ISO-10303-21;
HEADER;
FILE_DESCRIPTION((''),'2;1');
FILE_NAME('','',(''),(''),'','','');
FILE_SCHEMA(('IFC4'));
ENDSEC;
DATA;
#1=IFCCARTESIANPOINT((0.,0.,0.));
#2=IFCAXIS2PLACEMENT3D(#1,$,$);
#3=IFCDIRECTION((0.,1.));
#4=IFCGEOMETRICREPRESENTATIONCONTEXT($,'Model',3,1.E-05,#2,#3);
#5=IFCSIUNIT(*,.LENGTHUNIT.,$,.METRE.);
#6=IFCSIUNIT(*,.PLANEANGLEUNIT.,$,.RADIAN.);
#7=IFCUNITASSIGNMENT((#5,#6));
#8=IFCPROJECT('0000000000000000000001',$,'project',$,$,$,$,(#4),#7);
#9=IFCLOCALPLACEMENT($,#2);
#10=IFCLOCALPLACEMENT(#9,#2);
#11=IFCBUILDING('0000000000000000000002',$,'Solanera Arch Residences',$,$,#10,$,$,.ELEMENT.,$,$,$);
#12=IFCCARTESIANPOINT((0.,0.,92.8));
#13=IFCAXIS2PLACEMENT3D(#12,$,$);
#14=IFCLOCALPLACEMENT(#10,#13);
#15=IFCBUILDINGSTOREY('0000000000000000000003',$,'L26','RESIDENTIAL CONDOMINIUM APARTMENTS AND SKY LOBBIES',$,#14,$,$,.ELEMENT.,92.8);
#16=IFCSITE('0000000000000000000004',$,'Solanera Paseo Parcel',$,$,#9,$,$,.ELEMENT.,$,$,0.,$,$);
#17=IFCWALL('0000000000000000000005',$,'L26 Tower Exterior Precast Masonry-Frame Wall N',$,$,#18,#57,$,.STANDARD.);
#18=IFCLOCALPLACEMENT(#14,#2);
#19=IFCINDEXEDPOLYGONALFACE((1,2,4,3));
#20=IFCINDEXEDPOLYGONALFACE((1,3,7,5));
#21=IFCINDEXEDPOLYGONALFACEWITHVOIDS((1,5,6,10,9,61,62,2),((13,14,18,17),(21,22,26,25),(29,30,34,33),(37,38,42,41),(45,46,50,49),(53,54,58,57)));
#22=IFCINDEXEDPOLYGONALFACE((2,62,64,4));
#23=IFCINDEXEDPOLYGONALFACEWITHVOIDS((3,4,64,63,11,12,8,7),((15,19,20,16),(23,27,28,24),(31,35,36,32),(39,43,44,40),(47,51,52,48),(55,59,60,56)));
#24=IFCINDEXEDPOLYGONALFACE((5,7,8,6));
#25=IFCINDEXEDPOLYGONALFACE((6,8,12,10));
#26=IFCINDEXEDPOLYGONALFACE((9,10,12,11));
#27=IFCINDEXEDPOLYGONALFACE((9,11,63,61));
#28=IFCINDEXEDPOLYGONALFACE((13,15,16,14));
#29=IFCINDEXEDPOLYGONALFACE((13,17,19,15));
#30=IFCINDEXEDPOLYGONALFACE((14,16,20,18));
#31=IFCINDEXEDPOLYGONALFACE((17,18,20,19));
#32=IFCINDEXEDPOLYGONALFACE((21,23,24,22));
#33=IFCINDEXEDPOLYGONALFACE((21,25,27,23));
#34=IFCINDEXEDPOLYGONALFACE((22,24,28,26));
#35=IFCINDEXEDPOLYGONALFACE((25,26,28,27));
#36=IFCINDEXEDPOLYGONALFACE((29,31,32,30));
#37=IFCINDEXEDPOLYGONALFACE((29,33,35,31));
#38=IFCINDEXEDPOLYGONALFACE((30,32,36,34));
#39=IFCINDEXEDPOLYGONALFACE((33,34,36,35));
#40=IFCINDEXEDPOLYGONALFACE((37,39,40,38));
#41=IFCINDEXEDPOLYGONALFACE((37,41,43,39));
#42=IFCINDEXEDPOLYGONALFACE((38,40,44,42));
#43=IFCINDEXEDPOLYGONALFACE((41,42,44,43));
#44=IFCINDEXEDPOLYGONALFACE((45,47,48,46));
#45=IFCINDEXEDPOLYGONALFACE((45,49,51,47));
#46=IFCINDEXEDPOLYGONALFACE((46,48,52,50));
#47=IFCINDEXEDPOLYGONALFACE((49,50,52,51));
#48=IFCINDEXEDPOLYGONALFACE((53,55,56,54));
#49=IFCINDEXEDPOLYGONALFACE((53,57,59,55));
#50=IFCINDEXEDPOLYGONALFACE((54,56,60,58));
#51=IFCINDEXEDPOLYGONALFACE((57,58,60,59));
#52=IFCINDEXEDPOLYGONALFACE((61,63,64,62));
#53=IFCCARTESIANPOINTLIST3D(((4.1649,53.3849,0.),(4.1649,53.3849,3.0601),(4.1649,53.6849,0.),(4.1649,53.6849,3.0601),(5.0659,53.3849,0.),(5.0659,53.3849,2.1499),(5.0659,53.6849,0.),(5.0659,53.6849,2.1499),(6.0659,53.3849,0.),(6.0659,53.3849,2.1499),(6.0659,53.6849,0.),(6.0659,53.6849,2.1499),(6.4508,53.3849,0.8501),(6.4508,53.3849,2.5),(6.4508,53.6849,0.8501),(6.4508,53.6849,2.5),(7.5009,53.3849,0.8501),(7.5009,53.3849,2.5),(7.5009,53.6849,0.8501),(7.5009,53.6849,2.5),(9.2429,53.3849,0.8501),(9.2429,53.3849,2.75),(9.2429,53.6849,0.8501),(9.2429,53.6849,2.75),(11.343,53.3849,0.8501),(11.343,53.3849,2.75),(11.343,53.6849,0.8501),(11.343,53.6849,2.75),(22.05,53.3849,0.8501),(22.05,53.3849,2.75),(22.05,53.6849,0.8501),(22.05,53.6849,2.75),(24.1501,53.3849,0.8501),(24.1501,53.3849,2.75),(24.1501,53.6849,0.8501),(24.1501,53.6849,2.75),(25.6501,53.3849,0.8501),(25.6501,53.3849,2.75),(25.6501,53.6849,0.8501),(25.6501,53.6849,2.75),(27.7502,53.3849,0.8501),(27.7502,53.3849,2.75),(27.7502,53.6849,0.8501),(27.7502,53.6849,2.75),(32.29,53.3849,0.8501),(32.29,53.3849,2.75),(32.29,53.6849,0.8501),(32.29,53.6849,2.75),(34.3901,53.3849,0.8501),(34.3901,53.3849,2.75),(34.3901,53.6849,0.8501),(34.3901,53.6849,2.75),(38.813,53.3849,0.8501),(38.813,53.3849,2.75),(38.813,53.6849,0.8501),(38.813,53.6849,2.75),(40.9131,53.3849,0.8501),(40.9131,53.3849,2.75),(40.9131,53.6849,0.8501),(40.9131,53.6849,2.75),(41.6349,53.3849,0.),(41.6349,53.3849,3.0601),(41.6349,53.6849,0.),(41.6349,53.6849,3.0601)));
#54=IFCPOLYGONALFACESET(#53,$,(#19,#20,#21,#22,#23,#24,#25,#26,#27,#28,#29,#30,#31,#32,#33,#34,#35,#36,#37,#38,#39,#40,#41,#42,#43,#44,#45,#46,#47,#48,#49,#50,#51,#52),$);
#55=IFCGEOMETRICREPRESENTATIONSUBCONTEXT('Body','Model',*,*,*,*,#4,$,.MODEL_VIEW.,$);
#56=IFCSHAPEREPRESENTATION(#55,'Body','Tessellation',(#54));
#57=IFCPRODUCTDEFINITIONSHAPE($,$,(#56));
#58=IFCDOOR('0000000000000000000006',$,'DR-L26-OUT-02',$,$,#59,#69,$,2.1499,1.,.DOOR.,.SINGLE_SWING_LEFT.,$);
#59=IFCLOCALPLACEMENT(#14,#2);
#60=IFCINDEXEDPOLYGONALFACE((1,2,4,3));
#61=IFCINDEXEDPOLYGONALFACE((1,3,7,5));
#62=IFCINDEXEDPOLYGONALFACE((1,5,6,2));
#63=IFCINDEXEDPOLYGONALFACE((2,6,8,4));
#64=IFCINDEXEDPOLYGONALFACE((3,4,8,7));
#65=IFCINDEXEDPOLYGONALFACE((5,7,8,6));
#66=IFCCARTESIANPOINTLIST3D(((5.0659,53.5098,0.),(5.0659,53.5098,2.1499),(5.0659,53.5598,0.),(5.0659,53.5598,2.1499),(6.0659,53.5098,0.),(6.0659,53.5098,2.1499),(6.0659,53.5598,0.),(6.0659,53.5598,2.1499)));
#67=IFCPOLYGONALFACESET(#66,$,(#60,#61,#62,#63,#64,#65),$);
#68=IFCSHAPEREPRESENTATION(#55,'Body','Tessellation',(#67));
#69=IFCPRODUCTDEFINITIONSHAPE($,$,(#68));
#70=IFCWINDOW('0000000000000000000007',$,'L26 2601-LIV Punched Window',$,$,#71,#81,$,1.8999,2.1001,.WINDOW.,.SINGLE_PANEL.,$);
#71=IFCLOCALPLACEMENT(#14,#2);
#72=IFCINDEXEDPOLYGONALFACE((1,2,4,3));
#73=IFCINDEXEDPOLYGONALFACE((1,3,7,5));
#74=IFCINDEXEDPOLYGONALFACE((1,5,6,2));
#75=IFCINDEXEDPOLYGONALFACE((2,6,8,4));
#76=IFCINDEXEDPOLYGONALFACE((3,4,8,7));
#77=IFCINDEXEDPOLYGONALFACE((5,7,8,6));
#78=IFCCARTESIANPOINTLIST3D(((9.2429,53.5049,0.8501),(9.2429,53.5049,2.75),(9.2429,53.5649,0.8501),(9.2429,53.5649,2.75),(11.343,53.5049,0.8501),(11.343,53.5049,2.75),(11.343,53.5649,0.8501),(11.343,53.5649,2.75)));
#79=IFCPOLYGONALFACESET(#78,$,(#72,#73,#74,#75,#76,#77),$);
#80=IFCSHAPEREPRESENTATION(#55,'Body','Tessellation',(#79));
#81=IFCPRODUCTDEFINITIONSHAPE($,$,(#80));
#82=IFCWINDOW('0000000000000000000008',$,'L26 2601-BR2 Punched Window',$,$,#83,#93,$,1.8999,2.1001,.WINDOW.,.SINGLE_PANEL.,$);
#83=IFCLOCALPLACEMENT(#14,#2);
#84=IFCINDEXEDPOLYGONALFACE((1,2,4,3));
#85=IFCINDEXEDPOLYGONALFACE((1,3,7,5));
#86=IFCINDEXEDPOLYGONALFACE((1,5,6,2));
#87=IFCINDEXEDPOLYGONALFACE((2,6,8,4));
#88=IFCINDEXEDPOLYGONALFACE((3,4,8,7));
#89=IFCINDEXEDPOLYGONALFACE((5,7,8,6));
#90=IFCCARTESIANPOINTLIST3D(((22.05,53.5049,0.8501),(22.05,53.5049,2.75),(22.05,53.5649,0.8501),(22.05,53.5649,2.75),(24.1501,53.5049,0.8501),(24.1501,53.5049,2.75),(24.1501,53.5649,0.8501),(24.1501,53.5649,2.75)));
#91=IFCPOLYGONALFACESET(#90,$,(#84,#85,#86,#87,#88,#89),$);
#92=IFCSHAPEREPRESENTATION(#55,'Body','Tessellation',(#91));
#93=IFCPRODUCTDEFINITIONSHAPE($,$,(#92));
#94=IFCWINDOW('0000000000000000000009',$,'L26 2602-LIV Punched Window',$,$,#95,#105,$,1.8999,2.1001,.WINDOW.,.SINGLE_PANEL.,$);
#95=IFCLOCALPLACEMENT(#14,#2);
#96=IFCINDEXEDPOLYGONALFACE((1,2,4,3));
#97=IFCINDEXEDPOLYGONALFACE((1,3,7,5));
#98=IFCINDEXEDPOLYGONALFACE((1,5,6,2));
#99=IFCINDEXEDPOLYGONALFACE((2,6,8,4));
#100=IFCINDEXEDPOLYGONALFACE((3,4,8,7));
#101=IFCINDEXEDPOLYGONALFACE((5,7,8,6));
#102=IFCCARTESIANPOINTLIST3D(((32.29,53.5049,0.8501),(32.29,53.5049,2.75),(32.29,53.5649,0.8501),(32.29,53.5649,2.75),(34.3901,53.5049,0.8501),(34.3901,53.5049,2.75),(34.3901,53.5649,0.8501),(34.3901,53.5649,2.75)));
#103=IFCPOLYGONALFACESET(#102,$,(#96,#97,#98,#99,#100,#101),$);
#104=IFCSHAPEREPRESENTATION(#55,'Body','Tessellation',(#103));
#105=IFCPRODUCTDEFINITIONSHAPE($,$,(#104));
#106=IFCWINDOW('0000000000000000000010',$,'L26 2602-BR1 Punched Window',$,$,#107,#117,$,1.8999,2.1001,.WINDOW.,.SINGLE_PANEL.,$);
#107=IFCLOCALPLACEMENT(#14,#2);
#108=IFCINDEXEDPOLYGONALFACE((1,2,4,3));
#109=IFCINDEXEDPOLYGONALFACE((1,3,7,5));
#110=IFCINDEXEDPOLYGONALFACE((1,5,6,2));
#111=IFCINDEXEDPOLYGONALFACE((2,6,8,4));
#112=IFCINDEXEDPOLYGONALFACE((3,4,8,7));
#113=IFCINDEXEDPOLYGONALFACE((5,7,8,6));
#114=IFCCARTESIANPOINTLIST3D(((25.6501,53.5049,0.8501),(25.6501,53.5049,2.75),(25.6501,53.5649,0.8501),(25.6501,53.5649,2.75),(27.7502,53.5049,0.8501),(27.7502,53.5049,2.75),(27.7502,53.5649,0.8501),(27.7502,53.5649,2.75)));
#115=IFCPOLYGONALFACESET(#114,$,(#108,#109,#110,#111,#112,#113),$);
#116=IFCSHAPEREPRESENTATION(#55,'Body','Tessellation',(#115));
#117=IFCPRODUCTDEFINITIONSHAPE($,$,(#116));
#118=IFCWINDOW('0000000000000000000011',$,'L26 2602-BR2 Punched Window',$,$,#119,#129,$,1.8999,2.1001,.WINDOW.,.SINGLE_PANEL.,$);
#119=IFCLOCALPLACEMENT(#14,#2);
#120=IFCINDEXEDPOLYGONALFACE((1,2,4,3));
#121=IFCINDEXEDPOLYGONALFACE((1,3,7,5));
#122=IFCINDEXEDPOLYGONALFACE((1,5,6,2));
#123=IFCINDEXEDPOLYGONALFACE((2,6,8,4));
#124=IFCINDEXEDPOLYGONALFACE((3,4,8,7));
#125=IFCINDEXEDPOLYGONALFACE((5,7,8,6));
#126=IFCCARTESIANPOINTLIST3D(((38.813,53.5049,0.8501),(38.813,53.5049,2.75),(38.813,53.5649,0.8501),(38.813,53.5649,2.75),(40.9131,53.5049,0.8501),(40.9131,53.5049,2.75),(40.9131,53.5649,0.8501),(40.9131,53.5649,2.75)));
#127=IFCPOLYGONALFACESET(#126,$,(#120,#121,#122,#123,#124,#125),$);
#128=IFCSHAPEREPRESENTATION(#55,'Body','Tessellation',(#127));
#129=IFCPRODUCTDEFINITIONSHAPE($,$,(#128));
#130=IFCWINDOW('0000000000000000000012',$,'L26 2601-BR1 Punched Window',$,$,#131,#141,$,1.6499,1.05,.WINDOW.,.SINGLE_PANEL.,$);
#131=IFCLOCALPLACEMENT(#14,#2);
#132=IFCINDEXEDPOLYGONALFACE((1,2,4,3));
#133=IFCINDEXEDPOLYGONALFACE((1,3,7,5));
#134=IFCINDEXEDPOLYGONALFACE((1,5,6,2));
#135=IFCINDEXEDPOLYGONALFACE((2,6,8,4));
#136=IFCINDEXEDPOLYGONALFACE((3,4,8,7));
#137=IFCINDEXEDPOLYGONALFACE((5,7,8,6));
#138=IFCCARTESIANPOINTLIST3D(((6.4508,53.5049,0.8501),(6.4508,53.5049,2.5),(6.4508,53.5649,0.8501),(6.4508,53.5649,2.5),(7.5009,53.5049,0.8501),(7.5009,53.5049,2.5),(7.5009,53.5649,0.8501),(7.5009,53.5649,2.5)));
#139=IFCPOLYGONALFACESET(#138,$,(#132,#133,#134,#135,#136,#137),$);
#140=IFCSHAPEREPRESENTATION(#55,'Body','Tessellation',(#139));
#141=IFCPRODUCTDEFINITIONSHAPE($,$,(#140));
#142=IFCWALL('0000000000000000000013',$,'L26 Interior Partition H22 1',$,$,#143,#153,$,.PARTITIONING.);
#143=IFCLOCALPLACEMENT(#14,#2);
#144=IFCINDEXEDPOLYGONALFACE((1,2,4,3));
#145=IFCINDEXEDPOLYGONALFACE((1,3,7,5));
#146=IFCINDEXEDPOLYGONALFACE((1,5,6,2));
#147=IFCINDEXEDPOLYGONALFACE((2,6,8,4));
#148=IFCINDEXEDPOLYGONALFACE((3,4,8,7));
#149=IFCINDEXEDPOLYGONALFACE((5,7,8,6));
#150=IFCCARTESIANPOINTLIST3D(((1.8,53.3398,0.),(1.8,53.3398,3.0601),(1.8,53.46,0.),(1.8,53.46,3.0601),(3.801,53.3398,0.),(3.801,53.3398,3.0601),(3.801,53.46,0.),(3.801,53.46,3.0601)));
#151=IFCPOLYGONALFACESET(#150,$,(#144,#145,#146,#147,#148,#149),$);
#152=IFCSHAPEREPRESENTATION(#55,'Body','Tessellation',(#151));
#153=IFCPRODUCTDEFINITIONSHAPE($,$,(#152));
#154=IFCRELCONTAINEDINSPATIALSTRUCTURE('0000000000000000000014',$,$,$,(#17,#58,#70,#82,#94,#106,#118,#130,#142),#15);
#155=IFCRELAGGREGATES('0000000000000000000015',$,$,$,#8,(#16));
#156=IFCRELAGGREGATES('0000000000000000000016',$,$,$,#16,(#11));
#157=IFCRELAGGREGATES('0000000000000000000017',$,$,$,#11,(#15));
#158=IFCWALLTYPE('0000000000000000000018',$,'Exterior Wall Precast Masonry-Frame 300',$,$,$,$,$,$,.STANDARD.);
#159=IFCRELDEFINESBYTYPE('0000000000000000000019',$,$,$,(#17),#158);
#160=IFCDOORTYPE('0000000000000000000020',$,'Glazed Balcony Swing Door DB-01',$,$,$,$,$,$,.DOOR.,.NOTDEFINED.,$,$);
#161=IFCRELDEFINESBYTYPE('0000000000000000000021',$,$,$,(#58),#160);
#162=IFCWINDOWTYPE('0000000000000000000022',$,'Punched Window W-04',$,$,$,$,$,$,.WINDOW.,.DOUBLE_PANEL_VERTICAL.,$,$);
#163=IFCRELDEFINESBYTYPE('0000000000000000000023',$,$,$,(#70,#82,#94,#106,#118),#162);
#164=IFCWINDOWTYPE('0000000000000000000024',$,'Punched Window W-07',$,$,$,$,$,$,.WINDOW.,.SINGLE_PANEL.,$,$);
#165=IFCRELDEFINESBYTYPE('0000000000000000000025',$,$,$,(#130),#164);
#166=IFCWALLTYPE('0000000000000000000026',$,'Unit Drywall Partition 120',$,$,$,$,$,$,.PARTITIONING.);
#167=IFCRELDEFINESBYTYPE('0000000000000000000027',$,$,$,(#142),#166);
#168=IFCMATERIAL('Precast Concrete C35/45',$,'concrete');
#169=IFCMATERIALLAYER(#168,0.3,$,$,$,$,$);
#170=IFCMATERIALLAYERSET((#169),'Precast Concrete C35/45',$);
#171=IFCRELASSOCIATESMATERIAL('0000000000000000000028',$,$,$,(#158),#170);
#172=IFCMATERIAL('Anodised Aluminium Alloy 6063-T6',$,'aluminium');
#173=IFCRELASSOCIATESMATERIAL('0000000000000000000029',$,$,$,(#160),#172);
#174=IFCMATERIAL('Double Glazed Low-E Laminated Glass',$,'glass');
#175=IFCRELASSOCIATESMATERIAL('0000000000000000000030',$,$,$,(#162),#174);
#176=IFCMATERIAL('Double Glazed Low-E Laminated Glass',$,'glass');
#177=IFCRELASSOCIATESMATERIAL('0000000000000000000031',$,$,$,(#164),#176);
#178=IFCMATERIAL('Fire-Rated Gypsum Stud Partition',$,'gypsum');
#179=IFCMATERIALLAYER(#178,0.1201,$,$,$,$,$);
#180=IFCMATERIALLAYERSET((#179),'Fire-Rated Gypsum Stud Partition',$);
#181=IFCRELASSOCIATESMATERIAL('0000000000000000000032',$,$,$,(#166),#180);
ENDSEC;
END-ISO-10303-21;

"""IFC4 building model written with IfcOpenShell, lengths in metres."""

from ifc_helpers import new_model, si_unit, direction, frame, frame_2d, origin, place, context, subcontext, project, spatial, rectangle, extrude, material, layer, layer_set, type_object, element, fill, save


model = new_model("IFC4")

# Units and contexts
model_context = context("Model", 3, precision=1e-05, world=origin(), true_north=direction((0.0, 1.0)))
body_context = subcontext(model_context, "Body", "Model", "MODEL_VIEW")
ifc_project = project(units=[si_unit("LENGTHUNIT", "METRE"), si_unit("PLANEANGLEUNIT", "RADIAN")], contexts=[model_context])

# Site, building, storey
site_placement = place(None, origin())
site = spatial("IfcSite", under=ifc_project, at=site_placement, Name="Solanera Paseo Parcel", CompositionType="ELEMENT", RefElevation=0.0)
building_placement = place(site_placement, origin())
building = spatial("IfcBuilding", under=site, at=building_placement, Name="Solanera Arch Residences", CompositionType="ELEMENT")
storey_placement = place(building_placement, frame((0.0, 0.0, 92.8)))
storey = spatial("IfcBuildingStorey", under=building, at=storey_placement, Name="L26", Description="RESIDENTIAL CONDOMINIUM APARTMENTS AND SKY LOBBIES", CompositionType="ELEMENT", Elevation=92.8)

# Shared definitions
ifc_material_1 = material(Name="Precast Concrete C35/45", Category="concrete")
ifc_layer_1 = layer(ifc_material_1, 0.3)
ifc_layer_set_1 = layer_set([ifc_layer_1], Name="Precast Concrete C35/45")
wall_type_1 = type_object("IfcWallType", Name="Exterior Wall Precast Masonry-Frame 300", PredefinedType="STANDARD", material=ifc_layer_set_1)

# Wall, openings, door, windows
wall_1_placement = place(storey_placement, frame((4.165, 53.5349, 0.0), z_axis=(0.0, 0.0, 1.0), x_axis=(1.0, 0.0, 0.0)))
wall_1 = element("IfcWall", 1, at=wall_1_placement, inside=storey, type_object=wall_type_1, Name="L26 Tower Exterior Precast Masonry-Frame Wall N", PredefinedType="STANDARD", context=body_context, shape_type="SweptSolid", body=[
    extrude(rectangle(XDim=37.47, YDim=0.3, at=frame_2d((18.7349, 0.0))), origin(), (0.0, 0.0, 1.0), 3.0601),
])
opening_1_placement = place(wall_1_placement, frame((0.9009, 0.0, 0.0)))
opening_1 = element("IfcOpeningElement", 2, at=opening_1_placement, cuts=wall_1, PredefinedType="OPENING", context=body_context, shape_type="SweptSolid", body=[
    extrude(rectangle(XDim=1.0, YDim=2.1499, at=frame_2d((0.5, 1.075))), frame((0.0, 0.1599, 0.0), z_axis=(0.0, -1.0, 0.0), x_axis=(1.0, 0.0, 0.0)), (0.0, 0.0, 1.0), 0.32),
])
opening_2_placement = place(wall_1_placement, frame((5.0779, 0.0, 0.8501)))
opening_2 = element("IfcOpeningElement", 3, at=opening_2_placement, cuts=wall_1, PredefinedType="OPENING", context=body_context, shape_type="SweptSolid", body=[
    extrude(rectangle(XDim=2.1001, YDim=1.8999, at=frame_2d((1.05, 0.95))), frame((0.0, 0.1599, 0.0), z_axis=(0.0, -1.0, 0.0), x_axis=(1.0, 0.0, 0.0)), (0.0, 0.0, 1.0), 0.32),
])
opening_3_placement = place(wall_1_placement, frame((2.2859, 0.0, 0.8501)))
opening_3 = element("IfcOpeningElement", 4, at=opening_3_placement, cuts=wall_1, PredefinedType="OPENING", context=body_context, shape_type="SweptSolid", body=[
    extrude(rectangle(XDim=1.05, YDim=1.6499, at=frame_2d((0.5249, 0.825))), frame((0.0, 0.1599, 0.0), z_axis=(0.0, -1.0, 0.0), x_axis=(1.0, 0.0, 0.0)), (0.0, 0.0, 1.0), 0.32),
])
opening_4_placement = place(wall_1_placement, frame((17.885, 0.0, 0.8501)))
opening_4 = element("IfcOpeningElement", 5, at=opening_4_placement, cuts=wall_1, PredefinedType="OPENING", context=body_context, shape_type="SweptSolid", body=[
    extrude(rectangle(XDim=2.1001, YDim=1.8999, at=frame_2d((1.05, 0.95))), frame((0.0, 0.1599, 0.0), z_axis=(0.0, -1.0, 0.0), x_axis=(1.0, 0.0, 0.0)), (0.0, 0.0, 1.0), 0.32),
])
opening_5_placement = place(wall_1_placement, frame((28.125, 0.0, 0.8501)))
opening_5 = element("IfcOpeningElement", 6, at=opening_5_placement, cuts=wall_1, PredefinedType="OPENING", context=body_context, shape_type="SweptSolid", body=[
    extrude(rectangle(XDim=2.1001, YDim=1.8999, at=frame_2d((1.05, 0.95))), frame((0.0, 0.1599, 0.0), z_axis=(0.0, -1.0, 0.0), x_axis=(1.0, 0.0, 0.0)), (0.0, 0.0, 1.0), 0.32),
])
opening_6_placement = place(wall_1_placement, frame((21.4851, 0.0, 0.8501)))
opening_6 = element("IfcOpeningElement", 7, at=opening_6_placement, cuts=wall_1, PredefinedType="OPENING", context=body_context, shape_type="SweptSolid", body=[
    extrude(rectangle(XDim=2.1001, YDim=1.8999, at=frame_2d((1.05, 0.95))), frame((0.0, 0.1599, 0.0), z_axis=(0.0, -1.0, 0.0), x_axis=(1.0, 0.0, 0.0)), (0.0, 0.0, 1.0), 0.32),
])
opening_7_placement = place(wall_1_placement, frame((34.6479, 0.0, 0.8501)))
opening_7 = element("IfcOpeningElement", 8, at=opening_7_placement, cuts=wall_1, PredefinedType="OPENING", context=body_context, shape_type="SweptSolid", body=[
    extrude(rectangle(XDim=2.1001, YDim=1.8999, at=frame_2d((1.05, 0.95))), frame((0.0, 0.1599, 0.0), z_axis=(0.0, -1.0, 0.0), x_axis=(1.0, 0.0, 0.0)), (0.0, 0.0, 1.0), 0.32),
])
ifc_material_2 = material(Name="Anodised Aluminium Alloy 6063-T6", Category="aluminium")
door_type_1 = type_object("IfcDoorType", Name="Glazed Balcony Swing Door DB-01", OperationType="NOTDEFINED", PredefinedType="DOOR", material=ifc_material_2)
door_1_placement = place(opening_1_placement, origin())
door_1 = element("IfcDoor", 9, at=door_1_placement, inside=storey, type_object=door_type_1, Name="DR-L26-OUT-02", OperationType="SINGLE_SWING_LEFT", OverallHeight=2.1499, OverallWidth=1.0, PredefinedType="DOOR", context=body_context, shape_type="SweptSolid", body=[
    extrude(rectangle(XDim=1.0, YDim=2.1499, at=frame_2d((0.5, 1.075))), frame((0.0, 0.0249, 0.0), z_axis=(0.0, -1.0, 0.0), x_axis=(1.0, 0.0, 0.0)), (0.0, 0.0, 1.0), 0.05),
])
fill(opening_1, door_1)
ifc_material_3 = material(Name="Double Glazed Low-E Laminated Glass", Category="glass")
window_type_1 = type_object("IfcWindowType", Name="Punched Window W-04", PartitioningType="DOUBLE_PANEL_VERTICAL", PredefinedType="WINDOW", material=ifc_material_3)
window_1_placement = place(opening_2_placement, origin())
window_1 = element("IfcWindow", 10, at=window_1_placement, inside=storey, type_object=window_type_1, Name="L26 2601-LIV Punched Window", OverallHeight=1.8999, OverallWidth=2.1001, PartitioningType="SINGLE_PANEL", PredefinedType="WINDOW", context=body_context, shape_type="SweptSolid", body=[
    extrude(rectangle(XDim=2.1001, YDim=1.8999, at=frame_2d((1.05, 0.95))), frame((0.0, 0.03, 0.0), z_axis=(0.0, -1.0, 0.0), x_axis=(1.0, 0.0, 0.0)), (0.0, 0.0, 1.0), 0.0601),
])
fill(opening_2, window_1)
window_2_placement = place(opening_4_placement, origin())
window_2 = element("IfcWindow", 11, at=window_2_placement, inside=storey, type_object=window_type_1, Name="L26 2601-BR2 Punched Window", OverallHeight=1.8999, OverallWidth=2.1001, PartitioningType="SINGLE_PANEL", PredefinedType="WINDOW", context=body_context, shape_type="SweptSolid", body=[
    extrude(rectangle(XDim=2.1001, YDim=1.8999, at=frame_2d((1.05, 0.95))), frame((0.0, 0.03, 0.0), z_axis=(0.0, -1.0, 0.0), x_axis=(1.0, 0.0, 0.0)), (0.0, 0.0, 1.0), 0.0601),
])
fill(opening_4, window_2)
window_3_placement = place(opening_5_placement, origin())
window_3 = element("IfcWindow", 12, at=window_3_placement, inside=storey, type_object=window_type_1, Name="L26 2602-LIV Punched Window", OverallHeight=1.8999, OverallWidth=2.1001, PartitioningType="SINGLE_PANEL", PredefinedType="WINDOW", context=body_context, shape_type="SweptSolid", body=[
    extrude(rectangle(XDim=2.1001, YDim=1.8999, at=frame_2d((1.05, 0.95))), frame((0.0, 0.03, 0.0), z_axis=(0.0, -1.0, 0.0), x_axis=(1.0, 0.0, 0.0)), (0.0, 0.0, 1.0), 0.0601),
])
fill(opening_5, window_3)
window_4_placement = place(opening_6_placement, origin())
window_4 = element("IfcWindow", 13, at=window_4_placement, inside=storey, type_object=window_type_1, Name="L26 2602-BR1 Punched Window", OverallHeight=1.8999, OverallWidth=2.1001, PartitioningType="SINGLE_PANEL", PredefinedType="WINDOW", context=body_context, shape_type="SweptSolid", body=[
    extrude(rectangle(XDim=2.1001, YDim=1.8999, at=frame_2d((1.05, 0.95))), frame((0.0, 0.03, 0.0), z_axis=(0.0, -1.0, 0.0), x_axis=(1.0, 0.0, 0.0)), (0.0, 0.0, 1.0), 0.0601),
])
fill(opening_6, window_4)
window_5_placement = place(opening_7_placement, origin())
window_5 = element("IfcWindow", 14, at=window_5_placement, inside=storey, type_object=window_type_1, Name="L26 2602-BR2 Punched Window", OverallHeight=1.8999, OverallWidth=2.1001, PartitioningType="SINGLE_PANEL", PredefinedType="WINDOW", context=body_context, shape_type="SweptSolid", body=[
    extrude(rectangle(XDim=2.1001, YDim=1.8999, at=frame_2d((1.05, 0.95))), frame((0.0, 0.03, 0.0), z_axis=(0.0, -1.0, 0.0), x_axis=(1.0, 0.0, 0.0)), (0.0, 0.0, 1.0), 0.0601),
])
fill(opening_7, window_5)
ifc_material_4 = material(Name="Double Glazed Low-E Laminated Glass", Category="glass")
window_type_2 = type_object("IfcWindowType", Name="Punched Window W-07", PartitioningType="SINGLE_PANEL", PredefinedType="WINDOW", material=ifc_material_4)
window_6_placement = place(opening_3_placement, origin())
window_6 = element("IfcWindow", 15, at=window_6_placement, inside=storey, type_object=window_type_2, Name="L26 2601-BR1 Punched Window", OverallHeight=1.6499, OverallWidth=1.05, PartitioningType="SINGLE_PANEL", PredefinedType="WINDOW", context=body_context, shape_type="SweptSolid", body=[
    extrude(rectangle(XDim=1.05, YDim=1.6499, at=frame_2d((0.5249, 0.825))), frame((0.0, 0.03, 0.0), z_axis=(0.0, -1.0, 0.0), x_axis=(1.0, 0.0, 0.0)), (0.0, 0.0, 1.0), 0.0601),
])
fill(opening_3, window_6)

# Wall
ifc_material_5 = material(Name="Fire-Rated Gypsum Stud Partition", Category="gypsum")
ifc_layer_2 = layer(ifc_material_5, 0.1201)
ifc_layer_set_2 = layer_set([ifc_layer_2], Name="Fire-Rated Gypsum Stud Partition")
wall_type_2 = type_object("IfcWallType", Name="Unit Drywall Partition 120", PredefinedType="PARTITIONING", material=ifc_layer_set_2)
wall_2_placement = place(storey_placement, frame((1.8, 53.3999, 0.0), z_axis=(0.0, 0.0, 1.0), x_axis=(1.0, 0.0, 0.0)))
element("IfcWall", 16, at=wall_2_placement, inside=storey, type_object=wall_type_2, Name="L26 Interior Partition H22 1", PredefinedType="PARTITIONING", context=body_context, shape_type="SweptSolid", body=[
    extrude(rectangle(XDim=2.001, YDim=0.1201, at=frame_2d((1.0005, 0.0))), origin(), (0.0, 0.0, 1.0), 3.0601),
])

save(model, "model.ifc")
